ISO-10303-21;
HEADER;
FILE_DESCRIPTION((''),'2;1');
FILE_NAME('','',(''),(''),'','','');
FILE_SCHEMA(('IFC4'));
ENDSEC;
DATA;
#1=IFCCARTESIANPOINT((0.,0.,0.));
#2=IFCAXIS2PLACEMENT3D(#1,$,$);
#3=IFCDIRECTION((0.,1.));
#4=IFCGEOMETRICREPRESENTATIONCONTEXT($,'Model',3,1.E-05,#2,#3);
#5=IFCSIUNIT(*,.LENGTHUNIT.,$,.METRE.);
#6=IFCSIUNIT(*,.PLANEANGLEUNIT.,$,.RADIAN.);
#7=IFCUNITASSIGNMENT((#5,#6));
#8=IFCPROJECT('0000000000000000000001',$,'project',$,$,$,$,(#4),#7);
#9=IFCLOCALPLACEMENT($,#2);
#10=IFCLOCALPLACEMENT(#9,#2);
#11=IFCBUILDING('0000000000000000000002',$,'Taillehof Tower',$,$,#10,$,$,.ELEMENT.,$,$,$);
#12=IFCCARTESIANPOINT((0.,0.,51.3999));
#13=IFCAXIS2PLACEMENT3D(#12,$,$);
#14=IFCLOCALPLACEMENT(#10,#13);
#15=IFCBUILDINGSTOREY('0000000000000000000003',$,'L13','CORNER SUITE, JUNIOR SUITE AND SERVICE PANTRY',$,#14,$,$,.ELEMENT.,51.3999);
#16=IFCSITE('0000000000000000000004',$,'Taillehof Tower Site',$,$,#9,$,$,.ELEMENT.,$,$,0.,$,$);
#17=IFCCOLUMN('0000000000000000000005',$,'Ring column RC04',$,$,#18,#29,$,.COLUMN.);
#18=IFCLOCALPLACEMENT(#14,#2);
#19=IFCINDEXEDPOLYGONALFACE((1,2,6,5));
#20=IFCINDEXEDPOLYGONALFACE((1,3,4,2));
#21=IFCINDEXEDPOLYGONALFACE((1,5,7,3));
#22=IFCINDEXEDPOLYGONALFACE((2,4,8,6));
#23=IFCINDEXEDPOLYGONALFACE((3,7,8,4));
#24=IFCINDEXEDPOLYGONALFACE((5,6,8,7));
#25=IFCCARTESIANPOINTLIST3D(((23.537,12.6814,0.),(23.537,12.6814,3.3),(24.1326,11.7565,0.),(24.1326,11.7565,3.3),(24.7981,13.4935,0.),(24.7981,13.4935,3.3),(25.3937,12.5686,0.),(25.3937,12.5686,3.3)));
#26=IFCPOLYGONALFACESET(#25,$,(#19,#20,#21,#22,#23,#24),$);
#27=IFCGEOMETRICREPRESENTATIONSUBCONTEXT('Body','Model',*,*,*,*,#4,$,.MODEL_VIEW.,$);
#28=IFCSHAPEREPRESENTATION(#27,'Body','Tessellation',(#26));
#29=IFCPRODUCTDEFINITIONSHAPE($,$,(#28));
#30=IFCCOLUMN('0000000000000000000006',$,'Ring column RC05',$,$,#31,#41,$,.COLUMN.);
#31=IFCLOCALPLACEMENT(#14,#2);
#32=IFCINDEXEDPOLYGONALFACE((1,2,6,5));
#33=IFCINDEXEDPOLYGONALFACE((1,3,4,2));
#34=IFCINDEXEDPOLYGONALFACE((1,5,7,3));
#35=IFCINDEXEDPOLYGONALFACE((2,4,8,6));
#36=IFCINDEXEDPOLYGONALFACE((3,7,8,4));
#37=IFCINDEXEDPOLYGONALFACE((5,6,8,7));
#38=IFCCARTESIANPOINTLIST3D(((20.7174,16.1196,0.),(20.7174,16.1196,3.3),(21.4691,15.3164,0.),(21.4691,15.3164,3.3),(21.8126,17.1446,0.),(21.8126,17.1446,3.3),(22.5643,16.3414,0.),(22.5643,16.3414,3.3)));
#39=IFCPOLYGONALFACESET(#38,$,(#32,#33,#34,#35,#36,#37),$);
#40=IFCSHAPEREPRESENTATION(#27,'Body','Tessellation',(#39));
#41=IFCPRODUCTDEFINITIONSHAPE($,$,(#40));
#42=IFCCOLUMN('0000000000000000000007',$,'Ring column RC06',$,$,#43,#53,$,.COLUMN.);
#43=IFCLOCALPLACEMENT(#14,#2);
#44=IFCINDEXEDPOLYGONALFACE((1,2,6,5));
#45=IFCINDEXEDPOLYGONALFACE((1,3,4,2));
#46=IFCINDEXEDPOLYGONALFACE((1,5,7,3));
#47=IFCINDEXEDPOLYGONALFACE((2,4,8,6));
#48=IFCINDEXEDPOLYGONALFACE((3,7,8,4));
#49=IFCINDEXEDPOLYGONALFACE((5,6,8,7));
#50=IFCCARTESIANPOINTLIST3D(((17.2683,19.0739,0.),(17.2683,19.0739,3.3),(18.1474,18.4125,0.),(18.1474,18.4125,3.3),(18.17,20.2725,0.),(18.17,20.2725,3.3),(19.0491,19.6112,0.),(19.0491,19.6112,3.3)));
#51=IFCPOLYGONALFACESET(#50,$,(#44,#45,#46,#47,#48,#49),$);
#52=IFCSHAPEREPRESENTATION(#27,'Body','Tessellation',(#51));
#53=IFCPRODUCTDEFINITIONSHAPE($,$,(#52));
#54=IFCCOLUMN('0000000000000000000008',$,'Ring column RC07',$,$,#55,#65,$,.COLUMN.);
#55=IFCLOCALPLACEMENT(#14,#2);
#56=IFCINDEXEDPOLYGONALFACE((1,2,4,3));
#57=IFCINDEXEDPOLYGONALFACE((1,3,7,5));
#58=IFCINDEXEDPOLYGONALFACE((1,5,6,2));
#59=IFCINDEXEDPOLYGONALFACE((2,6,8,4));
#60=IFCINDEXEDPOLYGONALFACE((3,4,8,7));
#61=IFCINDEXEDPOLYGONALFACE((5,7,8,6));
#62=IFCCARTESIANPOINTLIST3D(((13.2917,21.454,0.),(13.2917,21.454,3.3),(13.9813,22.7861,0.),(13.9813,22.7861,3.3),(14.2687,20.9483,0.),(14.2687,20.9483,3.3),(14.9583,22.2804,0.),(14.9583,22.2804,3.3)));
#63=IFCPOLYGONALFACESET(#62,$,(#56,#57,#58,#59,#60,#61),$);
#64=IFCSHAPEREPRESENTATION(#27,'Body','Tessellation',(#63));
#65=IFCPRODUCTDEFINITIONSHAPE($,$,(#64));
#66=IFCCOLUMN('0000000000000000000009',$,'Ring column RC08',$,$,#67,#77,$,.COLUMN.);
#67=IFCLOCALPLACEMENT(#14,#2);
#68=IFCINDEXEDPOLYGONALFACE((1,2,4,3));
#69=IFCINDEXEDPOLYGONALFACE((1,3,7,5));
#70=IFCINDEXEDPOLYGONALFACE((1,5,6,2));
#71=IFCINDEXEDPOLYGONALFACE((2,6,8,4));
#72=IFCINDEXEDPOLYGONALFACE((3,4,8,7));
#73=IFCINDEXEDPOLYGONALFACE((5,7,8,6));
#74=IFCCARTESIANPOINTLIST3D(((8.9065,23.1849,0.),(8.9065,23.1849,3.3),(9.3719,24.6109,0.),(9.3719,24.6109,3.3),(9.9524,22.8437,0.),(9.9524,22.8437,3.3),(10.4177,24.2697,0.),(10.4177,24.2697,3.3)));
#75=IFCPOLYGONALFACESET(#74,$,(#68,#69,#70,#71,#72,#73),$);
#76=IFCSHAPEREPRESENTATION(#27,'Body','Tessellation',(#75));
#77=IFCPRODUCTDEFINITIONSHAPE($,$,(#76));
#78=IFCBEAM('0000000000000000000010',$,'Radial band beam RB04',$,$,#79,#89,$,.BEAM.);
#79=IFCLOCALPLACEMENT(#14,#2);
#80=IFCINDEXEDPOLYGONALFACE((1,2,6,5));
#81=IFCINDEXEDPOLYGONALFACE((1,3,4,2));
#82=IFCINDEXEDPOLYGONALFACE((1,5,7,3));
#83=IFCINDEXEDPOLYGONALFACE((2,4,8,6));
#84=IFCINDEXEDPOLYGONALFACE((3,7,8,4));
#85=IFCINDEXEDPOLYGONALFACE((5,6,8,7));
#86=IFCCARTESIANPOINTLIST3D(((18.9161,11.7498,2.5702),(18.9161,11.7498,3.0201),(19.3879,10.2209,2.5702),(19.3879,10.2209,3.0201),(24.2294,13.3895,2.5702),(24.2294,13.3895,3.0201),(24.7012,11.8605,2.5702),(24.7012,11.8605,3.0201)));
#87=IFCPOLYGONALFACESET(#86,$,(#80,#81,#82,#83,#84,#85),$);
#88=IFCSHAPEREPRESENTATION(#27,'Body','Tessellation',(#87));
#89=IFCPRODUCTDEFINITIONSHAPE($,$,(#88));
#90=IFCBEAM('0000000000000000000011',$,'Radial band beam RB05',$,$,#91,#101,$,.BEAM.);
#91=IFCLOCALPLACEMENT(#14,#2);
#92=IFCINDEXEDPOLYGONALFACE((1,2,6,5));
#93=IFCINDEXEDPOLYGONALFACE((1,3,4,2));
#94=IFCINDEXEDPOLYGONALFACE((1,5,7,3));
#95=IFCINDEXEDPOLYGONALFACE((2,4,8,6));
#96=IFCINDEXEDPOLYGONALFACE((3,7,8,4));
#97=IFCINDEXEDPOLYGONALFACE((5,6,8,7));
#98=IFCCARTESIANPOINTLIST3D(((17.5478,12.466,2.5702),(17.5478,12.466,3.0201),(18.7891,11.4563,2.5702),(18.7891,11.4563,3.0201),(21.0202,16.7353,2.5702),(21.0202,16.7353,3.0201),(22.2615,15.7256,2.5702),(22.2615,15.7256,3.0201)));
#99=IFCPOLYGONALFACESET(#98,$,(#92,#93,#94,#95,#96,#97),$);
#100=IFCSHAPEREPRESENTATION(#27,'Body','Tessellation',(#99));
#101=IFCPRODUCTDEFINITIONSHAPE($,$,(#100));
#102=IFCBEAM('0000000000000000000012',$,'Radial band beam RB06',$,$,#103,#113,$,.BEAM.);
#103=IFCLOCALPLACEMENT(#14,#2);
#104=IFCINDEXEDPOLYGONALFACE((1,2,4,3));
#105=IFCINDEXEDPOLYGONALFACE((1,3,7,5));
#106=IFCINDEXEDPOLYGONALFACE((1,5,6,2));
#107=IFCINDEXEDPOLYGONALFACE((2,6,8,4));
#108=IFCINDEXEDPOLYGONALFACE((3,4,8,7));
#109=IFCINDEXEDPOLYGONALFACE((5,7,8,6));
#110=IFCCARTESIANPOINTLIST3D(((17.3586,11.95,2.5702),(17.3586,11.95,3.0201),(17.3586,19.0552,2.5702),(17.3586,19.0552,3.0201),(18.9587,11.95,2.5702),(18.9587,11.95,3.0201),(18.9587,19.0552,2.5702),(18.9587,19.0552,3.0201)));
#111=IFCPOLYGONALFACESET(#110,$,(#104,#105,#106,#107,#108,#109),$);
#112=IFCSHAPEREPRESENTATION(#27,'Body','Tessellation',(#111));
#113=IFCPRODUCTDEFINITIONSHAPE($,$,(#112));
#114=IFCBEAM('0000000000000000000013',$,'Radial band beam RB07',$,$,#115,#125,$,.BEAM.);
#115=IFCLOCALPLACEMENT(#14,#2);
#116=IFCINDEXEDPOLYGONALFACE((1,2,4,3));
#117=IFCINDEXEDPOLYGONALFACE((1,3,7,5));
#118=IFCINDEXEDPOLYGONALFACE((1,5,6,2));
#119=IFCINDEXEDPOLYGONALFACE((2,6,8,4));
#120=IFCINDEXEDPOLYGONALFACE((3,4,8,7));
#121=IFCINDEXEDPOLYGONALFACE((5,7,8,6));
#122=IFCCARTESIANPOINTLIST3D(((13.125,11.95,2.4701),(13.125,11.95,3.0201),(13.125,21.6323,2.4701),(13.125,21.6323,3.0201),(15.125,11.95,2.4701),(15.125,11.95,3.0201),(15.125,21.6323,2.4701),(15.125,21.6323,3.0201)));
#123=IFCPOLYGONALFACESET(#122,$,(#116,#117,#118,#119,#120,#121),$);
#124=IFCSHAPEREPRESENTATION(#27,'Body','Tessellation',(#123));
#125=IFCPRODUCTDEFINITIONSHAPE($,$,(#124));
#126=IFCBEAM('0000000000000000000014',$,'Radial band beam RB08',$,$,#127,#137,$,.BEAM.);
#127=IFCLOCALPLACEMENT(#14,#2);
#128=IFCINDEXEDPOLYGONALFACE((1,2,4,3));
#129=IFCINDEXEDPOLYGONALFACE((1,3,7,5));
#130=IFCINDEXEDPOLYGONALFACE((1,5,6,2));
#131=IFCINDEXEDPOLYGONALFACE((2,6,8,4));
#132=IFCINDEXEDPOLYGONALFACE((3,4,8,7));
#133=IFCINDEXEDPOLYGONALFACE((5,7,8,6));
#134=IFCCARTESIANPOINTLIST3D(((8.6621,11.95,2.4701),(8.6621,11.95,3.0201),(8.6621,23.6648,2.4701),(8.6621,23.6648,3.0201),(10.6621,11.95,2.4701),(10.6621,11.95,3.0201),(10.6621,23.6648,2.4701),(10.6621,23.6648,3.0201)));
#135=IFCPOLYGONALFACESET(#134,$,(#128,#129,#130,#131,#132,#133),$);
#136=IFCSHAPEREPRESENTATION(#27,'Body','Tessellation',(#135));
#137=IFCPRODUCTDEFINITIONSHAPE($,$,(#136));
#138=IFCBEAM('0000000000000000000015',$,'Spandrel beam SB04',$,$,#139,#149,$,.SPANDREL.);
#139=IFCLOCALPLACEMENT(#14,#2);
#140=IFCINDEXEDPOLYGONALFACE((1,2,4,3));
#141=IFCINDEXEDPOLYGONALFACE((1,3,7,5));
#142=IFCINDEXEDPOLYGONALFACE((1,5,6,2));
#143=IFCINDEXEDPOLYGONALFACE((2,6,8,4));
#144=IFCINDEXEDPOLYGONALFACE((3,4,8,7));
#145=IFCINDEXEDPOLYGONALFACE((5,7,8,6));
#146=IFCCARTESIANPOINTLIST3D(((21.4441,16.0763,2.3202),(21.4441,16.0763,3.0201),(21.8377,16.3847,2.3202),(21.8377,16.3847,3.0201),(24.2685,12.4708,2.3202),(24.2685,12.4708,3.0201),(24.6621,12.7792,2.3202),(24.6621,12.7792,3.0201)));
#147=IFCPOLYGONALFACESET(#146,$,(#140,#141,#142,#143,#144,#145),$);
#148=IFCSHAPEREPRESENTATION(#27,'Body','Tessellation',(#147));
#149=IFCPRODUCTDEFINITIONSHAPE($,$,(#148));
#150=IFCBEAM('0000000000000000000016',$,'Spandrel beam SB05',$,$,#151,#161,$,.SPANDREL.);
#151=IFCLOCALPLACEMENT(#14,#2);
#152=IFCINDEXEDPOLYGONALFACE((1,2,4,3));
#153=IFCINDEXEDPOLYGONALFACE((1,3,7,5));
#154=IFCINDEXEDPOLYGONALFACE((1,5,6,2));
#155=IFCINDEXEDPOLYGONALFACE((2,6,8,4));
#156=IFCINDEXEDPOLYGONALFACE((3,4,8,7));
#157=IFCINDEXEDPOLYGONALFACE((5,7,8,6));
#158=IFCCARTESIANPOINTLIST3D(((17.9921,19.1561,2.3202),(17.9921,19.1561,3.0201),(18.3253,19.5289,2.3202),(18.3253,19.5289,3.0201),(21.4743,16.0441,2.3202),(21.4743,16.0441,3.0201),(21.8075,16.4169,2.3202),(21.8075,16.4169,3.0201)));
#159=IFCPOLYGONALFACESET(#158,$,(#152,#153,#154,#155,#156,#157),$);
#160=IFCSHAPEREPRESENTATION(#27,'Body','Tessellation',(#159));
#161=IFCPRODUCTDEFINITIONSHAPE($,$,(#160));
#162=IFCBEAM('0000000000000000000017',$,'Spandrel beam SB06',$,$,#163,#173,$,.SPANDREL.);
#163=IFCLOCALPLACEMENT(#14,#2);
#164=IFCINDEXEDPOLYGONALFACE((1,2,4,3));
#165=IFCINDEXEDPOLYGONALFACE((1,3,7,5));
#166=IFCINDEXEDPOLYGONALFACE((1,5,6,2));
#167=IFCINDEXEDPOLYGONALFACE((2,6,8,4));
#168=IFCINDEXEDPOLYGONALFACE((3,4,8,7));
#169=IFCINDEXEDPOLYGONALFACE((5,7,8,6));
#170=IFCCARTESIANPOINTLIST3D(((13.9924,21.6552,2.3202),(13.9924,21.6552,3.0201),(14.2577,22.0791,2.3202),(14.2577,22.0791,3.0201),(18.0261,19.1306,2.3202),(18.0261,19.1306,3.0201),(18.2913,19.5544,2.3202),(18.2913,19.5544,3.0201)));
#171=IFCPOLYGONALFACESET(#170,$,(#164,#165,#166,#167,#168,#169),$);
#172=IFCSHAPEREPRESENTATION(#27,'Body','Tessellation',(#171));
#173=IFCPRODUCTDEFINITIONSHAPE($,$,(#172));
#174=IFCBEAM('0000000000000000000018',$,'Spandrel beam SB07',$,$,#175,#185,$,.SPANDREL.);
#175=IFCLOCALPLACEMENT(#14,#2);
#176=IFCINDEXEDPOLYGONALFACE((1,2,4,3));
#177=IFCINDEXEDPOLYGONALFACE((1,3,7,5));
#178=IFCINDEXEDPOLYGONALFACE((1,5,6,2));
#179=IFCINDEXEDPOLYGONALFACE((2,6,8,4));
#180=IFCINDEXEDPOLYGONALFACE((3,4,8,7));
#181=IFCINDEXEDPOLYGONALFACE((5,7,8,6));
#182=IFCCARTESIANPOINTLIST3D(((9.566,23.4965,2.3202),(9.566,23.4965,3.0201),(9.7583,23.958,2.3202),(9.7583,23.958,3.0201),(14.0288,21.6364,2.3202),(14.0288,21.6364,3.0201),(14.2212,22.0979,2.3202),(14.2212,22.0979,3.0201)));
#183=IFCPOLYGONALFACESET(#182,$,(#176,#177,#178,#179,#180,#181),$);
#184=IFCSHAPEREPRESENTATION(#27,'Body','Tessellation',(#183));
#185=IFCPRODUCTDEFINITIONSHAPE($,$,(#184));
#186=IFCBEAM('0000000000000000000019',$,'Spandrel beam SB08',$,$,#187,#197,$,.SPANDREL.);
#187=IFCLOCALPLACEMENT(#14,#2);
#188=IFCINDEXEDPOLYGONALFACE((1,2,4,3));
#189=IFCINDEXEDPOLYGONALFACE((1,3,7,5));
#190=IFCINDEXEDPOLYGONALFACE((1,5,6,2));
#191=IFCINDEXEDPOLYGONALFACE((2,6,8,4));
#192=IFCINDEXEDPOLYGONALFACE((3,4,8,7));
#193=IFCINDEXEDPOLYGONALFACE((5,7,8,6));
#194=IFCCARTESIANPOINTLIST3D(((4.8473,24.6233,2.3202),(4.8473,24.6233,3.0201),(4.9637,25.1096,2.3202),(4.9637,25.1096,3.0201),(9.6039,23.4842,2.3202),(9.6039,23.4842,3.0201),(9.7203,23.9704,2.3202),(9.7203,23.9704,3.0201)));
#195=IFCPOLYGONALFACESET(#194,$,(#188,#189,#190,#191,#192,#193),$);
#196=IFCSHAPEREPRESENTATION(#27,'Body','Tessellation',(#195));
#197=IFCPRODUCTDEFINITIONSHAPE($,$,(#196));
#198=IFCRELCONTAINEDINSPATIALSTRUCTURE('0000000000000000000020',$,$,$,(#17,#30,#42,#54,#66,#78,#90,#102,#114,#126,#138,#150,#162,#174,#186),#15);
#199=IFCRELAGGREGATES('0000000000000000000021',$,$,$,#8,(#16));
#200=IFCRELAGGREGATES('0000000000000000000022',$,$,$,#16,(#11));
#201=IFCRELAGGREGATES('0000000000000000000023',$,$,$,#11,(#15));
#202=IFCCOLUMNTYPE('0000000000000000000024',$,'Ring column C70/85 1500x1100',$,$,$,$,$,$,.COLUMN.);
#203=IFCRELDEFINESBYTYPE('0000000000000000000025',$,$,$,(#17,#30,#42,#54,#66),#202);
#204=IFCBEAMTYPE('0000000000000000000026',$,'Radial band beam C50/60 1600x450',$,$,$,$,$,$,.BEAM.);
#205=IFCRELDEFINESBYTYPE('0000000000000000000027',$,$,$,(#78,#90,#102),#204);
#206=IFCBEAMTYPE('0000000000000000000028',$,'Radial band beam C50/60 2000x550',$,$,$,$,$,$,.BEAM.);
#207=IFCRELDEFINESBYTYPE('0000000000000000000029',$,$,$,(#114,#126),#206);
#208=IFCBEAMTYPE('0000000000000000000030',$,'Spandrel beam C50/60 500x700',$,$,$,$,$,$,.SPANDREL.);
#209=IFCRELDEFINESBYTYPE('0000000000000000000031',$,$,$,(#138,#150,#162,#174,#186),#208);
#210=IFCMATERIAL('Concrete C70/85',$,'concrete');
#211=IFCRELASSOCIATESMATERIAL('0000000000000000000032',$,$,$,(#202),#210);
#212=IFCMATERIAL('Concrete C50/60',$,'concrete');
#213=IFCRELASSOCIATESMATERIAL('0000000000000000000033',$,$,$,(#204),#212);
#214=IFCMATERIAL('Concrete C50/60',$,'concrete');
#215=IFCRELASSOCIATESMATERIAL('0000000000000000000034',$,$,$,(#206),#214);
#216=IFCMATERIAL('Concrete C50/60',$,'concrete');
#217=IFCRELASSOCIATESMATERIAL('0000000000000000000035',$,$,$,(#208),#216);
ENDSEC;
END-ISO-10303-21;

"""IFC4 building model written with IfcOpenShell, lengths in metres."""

from ifc_helpers import new_model, si_unit, direction, frame, origin, origin_2d, place, context, subcontext, project, spatial, rectangle, extrude, material, material_profile, profile_set, type_object, element, save


model = new_model("IFC4")

# Units and contexts
model_context = context("Model", 3, precision=1e-05, world=origin(), true_north=direction((0.0, 1.0)))
body_context = subcontext(model_context, "Body", "Model", "MODEL_VIEW")
ifc_project = project(units=[si_unit("LENGTHUNIT", "METRE"), si_unit("PLANEANGLEUNIT", "RADIAN")], contexts=[model_context])

# Site, building, storey
site_placement = place(None, origin())
site = spatial("IfcSite", under=ifc_project, at=site_placement, Name="Taillehof Tower Site", CompositionType="ELEMENT", RefElevation=0.0)
building_placement = place(site_placement, origin())
building = spatial("IfcBuilding", under=site, at=building_placement, Name="Taillehof Tower", CompositionType="ELEMENT")
storey_placement = place(building_placement, frame((0.0, 0.0, 51.3999)))
storey = spatial("IfcBuildingStorey", under=building, at=storey_placement, Name="L13", Description="CORNER SUITE, JUNIOR SUITE AND SERVICE PANTRY", CompositionType="ELEMENT", Elevation=51.3999)

# Columns
ifc_material_1 = material(Name="Concrete C70/85", Category="concrete")
ifc_material_profile_1 = material_profile(ifc_material_1, rectangle(XDim=1.5, YDim=1.1001, at=origin_2d()), Name="RC 1500x1100")
ifc_profile_set_1 = profile_set([ifc_material_profile_1], Name="Concrete C70/85")
column_type = type_object("IfcColumnType", Name="Ring column C70/85 1500x1100", PredefinedType="COLUMN", material=ifc_profile_set_1)
for number, where, z_axis, x_axis, name in (
    (1, (24.4653, 12.625, 0.0), (0.0, 0.0, 1.0), (0.840754, 0.541418, 0.0), "Ring column RC04"),
    (2, (21.6409, 16.2305, 0.0), (0.0, 0.0, 1.0), (0.730113, 0.683326, 0.0), "Ring column RC05"),
    (3, (18.1587, 19.3425, 0.0), (0.0, 0.0, 1.0), (0.601174, 0.799118, 0.0), "Ring column RC06"),
    (4, (14.125, 21.8672, 0.0), (0.0, 0.0, 1.0), (0.459691, 0.888079, 0.0), "Ring column RC07"),
    (5, (9.6621, 23.7273, 0.0), (0.0, 0.0, 1.0), (0.310219, 0.950665, 0.0), "Ring column RC08"),
):
    element("IfcColumn", number, at=place(storey_placement, frame(where, z_axis=z_axis, x_axis=x_axis)), inside=storey, type_object=column_type, Name=name, PredefinedType="COLUMN", context=body_context, shape_type="SweptSolid", body=[
        extrude(rectangle(XDim=1.5, YDim=1.1001, at=origin_2d()), origin(), (0.0, 0.0, 1.0), 3.3),
    ])

# Beams
ifc_material_2 = material(Name="Concrete C50/60", Category="concrete")
ifc_material_profile_2 = material_profile(ifc_material_2, rectangle(XDim=1.6001, YDim=0.45, at=origin_2d()), Name="RC 1600x450")
ifc_profile_set_2 = profile_set([ifc_material_profile_2], Name="Concrete C50/60")
beam_type_1 = type_object("IfcBeamType", Name="Radial band beam C50/60 1600x450", PredefinedType="BEAM", material=ifc_profile_set_2)
beam_1_placement = place(storey_placement, frame((24.4653, 12.625, 2.7952), z_axis=(-0.955536, -0.294876, 0.0), x_axis=(0.294876, -0.955536, 0.0)))
element("IfcBeam", 6, at=beam_1_placement, inside=storey, type_object=beam_type_1, Name="Radial band beam RB04", PredefinedType="BEAM", context=body_context, shape_type="SweptSolid", body=[
    extrude(rectangle(XDim=1.6001, YDim=0.45, at=origin_2d()), origin(), (0.0, 0.0, 1.0), 5.5605),
])
beam_2_placement = place(storey_placement, frame((21.6409, 16.2305, 2.7952), z_axis=(-0.630988, -0.775792, 0.0), x_axis=(0.775792, -0.630988, 0.0)))
element("IfcBeam", 7, at=beam_2_placement, inside=storey, type_object=beam_type_1, Name="Radial band beam RB05", PredefinedType="BEAM", context=body_context, shape_type="SweptSolid", body=[
    extrude(rectangle(XDim=1.6001, YDim=0.45, at=origin_2d()), origin(), (0.0, 0.0, 1.0), 5.5032),
])
beam_3_placement = place(storey_placement, frame((18.1587, 19.0552, 2.7952), z_axis=(0.0, -1.0, 0.0), x_axis=(1.0, 0.0, 0.0)))
element("IfcBeam", 8, at=beam_3_placement, inside=storey, type_object=beam_type_1, Name="Radial band beam RB06", PredefinedType="BEAM", context=body_context, shape_type="SweptSolid", body=[
    extrude(rectangle(XDim=1.6001, YDim=0.45, at=origin_2d()), origin(), (0.0, 0.0, 1.0), 7.1052),
])
ifc_material_3 = material(Name="Concrete C50/60", Category="concrete")
ifc_material_profile_3 = material_profile(ifc_material_3, rectangle(XDim=2.0, YDim=0.55, at=origin_2d()), Name="RC 2000x550")
ifc_profile_set_3 = profile_set([ifc_material_profile_3], Name="Concrete C50/60")
beam_type_2 = type_object("IfcBeamType", Name="Radial band beam C50/60 2000x550", PredefinedType="BEAM", material=ifc_profile_set_3)
beam_4_placement = place(storey_placement, frame((14.125, 21.6323, 2.7451), z_axis=(0.0, -1.0, 0.0), x_axis=(1.0, 0.0, 0.0)))
element("IfcBeam", 9, at=beam_4_placement, inside=storey, type_object=beam_type_2, Name="Radial band beam RB07", PredefinedType="BEAM", context=body_context, shape_type="SweptSolid", body=[
    extrude(rectangle(XDim=2.0, YDim=0.55, at=origin_2d()), origin(), (0.0, 0.0, 1.0), 9.6824),
])
beam_5_placement = place(storey_placement, frame((9.6621, 23.6648, 2.7451), z_axis=(0.0, -1.0, 0.0), x_axis=(1.0, 0.0, 0.0)))
element("IfcBeam", 10, at=beam_5_placement, inside=storey, type_object=beam_type_2, Name="Radial band beam RB08", PredefinedType="BEAM", context=body_context, shape_type="SweptSolid", body=[
    extrude(rectangle(XDim=2.0, YDim=0.55, at=origin_2d()), origin(), (0.0, 0.0, 1.0), 11.7148),
])
ifc_material_4 = material(Name="Concrete C50/60", Category="concrete")
ifc_material_profile_4 = material_profile(ifc_material_4, rectangle(XDim=0.5, YDim=0.7, at=origin_2d()), Name="RC 500x700")
ifc_profile_set_4 = profile_set([ifc_material_profile_4], Name="Concrete C50/60")
beam_type_3 = type_object("IfcBeamType", Name="Spandrel beam C50/60 500x700", PredefinedType="SPANDREL", material=ifc_profile_set_4)
beam_6_placement = place(storey_placement, frame((24.4653, 12.625, 2.6702), z_axis=(-0.616686, 0.787209, 0.0), x_axis=(-0.787209, -0.616686, 0.0)))
element("IfcBeam", 11, at=beam_6_placement, inside=storey, type_object=beam_type_3, Name="Spandrel beam SB04", PredefinedType="SPANDREL", context=body_context, shape_type="SweptSolid", body=[
    extrude(rectangle(XDim=0.5, YDim=0.7, at=origin_2d()), origin(), (0.0, 0.0, 1.0), 4.5801),
])
beam_7_placement = place(storey_placement, frame((21.6409, 16.2305, 2.6702), z_axis=(-0.745621, 0.66637, 0.0), x_axis=(-0.66637, -0.745621, 0.0)))
element("IfcBeam", 12, at=beam_7_placement, inside=storey, type_object=beam_type_3, Name="Spandrel beam SB05", PredefinedType="SPANDREL", context=body_context, shape_type="SweptSolid", body=[
    extrude(rectangle(XDim=0.5, YDim=0.7, at=origin_2d()), origin(), (0.0, 0.0, 1.0), 4.6702),
])
beam_8_placement = place(storey_placement, frame((18.1587, 19.3425, 2.6702), z_axis=(-0.847658, 0.530543, 0.0), x_axis=(-0.530543, -0.847658, 0.0)))
element("IfcBeam", 13, at=beam_8_placement, inside=storey, type_object=beam_type_3, Name="Spandrel beam SB06", PredefinedType="SPANDREL", context=body_context, shape_type="SweptSolid", body=[
    extrude(rectangle(XDim=0.5, YDim=0.7, at=origin_2d()), origin(), (0.0, 0.0, 1.0), 4.7585),
])
beam_9_placement = place(storey_placement, frame((14.125, 21.8672, 2.6702), z_axis=(-0.923035, 0.384716, 0.0), x_axis=(-0.384716, -0.923035, 0.0)))
element("IfcBeam", 14, at=beam_9_placement, inside=storey, type_object=beam_type_3, Name="Spandrel beam SB07", PredefinedType="SPANDREL", context=body_context, shape_type="SweptSolid", body=[
    extrude(rectangle(XDim=0.5, YDim=0.7, at=origin_2d()), origin(), (0.0, 0.0, 1.0), 4.835),
])
beam_10_placement = place(storey_placement, frame((9.6621, 23.7273, 2.6702), z_axis=(-0.9725, 0.232905, 0.0), x_axis=(-0.232905, -0.9725, 0.0)))
element("IfcBeam", 15, at=beam_10_placement, inside=storey, type_object=beam_type_3, Name="Spandrel beam SB08", PredefinedType="SPANDREL", context=body_context, shape_type="SweptSolid", body=[
    extrude(rectangle(XDim=0.5, YDim=0.7, at=origin_2d()), origin(), (0.0, 0.0, 1.0), 4.8911),
])

save(model, "model.ifc")
